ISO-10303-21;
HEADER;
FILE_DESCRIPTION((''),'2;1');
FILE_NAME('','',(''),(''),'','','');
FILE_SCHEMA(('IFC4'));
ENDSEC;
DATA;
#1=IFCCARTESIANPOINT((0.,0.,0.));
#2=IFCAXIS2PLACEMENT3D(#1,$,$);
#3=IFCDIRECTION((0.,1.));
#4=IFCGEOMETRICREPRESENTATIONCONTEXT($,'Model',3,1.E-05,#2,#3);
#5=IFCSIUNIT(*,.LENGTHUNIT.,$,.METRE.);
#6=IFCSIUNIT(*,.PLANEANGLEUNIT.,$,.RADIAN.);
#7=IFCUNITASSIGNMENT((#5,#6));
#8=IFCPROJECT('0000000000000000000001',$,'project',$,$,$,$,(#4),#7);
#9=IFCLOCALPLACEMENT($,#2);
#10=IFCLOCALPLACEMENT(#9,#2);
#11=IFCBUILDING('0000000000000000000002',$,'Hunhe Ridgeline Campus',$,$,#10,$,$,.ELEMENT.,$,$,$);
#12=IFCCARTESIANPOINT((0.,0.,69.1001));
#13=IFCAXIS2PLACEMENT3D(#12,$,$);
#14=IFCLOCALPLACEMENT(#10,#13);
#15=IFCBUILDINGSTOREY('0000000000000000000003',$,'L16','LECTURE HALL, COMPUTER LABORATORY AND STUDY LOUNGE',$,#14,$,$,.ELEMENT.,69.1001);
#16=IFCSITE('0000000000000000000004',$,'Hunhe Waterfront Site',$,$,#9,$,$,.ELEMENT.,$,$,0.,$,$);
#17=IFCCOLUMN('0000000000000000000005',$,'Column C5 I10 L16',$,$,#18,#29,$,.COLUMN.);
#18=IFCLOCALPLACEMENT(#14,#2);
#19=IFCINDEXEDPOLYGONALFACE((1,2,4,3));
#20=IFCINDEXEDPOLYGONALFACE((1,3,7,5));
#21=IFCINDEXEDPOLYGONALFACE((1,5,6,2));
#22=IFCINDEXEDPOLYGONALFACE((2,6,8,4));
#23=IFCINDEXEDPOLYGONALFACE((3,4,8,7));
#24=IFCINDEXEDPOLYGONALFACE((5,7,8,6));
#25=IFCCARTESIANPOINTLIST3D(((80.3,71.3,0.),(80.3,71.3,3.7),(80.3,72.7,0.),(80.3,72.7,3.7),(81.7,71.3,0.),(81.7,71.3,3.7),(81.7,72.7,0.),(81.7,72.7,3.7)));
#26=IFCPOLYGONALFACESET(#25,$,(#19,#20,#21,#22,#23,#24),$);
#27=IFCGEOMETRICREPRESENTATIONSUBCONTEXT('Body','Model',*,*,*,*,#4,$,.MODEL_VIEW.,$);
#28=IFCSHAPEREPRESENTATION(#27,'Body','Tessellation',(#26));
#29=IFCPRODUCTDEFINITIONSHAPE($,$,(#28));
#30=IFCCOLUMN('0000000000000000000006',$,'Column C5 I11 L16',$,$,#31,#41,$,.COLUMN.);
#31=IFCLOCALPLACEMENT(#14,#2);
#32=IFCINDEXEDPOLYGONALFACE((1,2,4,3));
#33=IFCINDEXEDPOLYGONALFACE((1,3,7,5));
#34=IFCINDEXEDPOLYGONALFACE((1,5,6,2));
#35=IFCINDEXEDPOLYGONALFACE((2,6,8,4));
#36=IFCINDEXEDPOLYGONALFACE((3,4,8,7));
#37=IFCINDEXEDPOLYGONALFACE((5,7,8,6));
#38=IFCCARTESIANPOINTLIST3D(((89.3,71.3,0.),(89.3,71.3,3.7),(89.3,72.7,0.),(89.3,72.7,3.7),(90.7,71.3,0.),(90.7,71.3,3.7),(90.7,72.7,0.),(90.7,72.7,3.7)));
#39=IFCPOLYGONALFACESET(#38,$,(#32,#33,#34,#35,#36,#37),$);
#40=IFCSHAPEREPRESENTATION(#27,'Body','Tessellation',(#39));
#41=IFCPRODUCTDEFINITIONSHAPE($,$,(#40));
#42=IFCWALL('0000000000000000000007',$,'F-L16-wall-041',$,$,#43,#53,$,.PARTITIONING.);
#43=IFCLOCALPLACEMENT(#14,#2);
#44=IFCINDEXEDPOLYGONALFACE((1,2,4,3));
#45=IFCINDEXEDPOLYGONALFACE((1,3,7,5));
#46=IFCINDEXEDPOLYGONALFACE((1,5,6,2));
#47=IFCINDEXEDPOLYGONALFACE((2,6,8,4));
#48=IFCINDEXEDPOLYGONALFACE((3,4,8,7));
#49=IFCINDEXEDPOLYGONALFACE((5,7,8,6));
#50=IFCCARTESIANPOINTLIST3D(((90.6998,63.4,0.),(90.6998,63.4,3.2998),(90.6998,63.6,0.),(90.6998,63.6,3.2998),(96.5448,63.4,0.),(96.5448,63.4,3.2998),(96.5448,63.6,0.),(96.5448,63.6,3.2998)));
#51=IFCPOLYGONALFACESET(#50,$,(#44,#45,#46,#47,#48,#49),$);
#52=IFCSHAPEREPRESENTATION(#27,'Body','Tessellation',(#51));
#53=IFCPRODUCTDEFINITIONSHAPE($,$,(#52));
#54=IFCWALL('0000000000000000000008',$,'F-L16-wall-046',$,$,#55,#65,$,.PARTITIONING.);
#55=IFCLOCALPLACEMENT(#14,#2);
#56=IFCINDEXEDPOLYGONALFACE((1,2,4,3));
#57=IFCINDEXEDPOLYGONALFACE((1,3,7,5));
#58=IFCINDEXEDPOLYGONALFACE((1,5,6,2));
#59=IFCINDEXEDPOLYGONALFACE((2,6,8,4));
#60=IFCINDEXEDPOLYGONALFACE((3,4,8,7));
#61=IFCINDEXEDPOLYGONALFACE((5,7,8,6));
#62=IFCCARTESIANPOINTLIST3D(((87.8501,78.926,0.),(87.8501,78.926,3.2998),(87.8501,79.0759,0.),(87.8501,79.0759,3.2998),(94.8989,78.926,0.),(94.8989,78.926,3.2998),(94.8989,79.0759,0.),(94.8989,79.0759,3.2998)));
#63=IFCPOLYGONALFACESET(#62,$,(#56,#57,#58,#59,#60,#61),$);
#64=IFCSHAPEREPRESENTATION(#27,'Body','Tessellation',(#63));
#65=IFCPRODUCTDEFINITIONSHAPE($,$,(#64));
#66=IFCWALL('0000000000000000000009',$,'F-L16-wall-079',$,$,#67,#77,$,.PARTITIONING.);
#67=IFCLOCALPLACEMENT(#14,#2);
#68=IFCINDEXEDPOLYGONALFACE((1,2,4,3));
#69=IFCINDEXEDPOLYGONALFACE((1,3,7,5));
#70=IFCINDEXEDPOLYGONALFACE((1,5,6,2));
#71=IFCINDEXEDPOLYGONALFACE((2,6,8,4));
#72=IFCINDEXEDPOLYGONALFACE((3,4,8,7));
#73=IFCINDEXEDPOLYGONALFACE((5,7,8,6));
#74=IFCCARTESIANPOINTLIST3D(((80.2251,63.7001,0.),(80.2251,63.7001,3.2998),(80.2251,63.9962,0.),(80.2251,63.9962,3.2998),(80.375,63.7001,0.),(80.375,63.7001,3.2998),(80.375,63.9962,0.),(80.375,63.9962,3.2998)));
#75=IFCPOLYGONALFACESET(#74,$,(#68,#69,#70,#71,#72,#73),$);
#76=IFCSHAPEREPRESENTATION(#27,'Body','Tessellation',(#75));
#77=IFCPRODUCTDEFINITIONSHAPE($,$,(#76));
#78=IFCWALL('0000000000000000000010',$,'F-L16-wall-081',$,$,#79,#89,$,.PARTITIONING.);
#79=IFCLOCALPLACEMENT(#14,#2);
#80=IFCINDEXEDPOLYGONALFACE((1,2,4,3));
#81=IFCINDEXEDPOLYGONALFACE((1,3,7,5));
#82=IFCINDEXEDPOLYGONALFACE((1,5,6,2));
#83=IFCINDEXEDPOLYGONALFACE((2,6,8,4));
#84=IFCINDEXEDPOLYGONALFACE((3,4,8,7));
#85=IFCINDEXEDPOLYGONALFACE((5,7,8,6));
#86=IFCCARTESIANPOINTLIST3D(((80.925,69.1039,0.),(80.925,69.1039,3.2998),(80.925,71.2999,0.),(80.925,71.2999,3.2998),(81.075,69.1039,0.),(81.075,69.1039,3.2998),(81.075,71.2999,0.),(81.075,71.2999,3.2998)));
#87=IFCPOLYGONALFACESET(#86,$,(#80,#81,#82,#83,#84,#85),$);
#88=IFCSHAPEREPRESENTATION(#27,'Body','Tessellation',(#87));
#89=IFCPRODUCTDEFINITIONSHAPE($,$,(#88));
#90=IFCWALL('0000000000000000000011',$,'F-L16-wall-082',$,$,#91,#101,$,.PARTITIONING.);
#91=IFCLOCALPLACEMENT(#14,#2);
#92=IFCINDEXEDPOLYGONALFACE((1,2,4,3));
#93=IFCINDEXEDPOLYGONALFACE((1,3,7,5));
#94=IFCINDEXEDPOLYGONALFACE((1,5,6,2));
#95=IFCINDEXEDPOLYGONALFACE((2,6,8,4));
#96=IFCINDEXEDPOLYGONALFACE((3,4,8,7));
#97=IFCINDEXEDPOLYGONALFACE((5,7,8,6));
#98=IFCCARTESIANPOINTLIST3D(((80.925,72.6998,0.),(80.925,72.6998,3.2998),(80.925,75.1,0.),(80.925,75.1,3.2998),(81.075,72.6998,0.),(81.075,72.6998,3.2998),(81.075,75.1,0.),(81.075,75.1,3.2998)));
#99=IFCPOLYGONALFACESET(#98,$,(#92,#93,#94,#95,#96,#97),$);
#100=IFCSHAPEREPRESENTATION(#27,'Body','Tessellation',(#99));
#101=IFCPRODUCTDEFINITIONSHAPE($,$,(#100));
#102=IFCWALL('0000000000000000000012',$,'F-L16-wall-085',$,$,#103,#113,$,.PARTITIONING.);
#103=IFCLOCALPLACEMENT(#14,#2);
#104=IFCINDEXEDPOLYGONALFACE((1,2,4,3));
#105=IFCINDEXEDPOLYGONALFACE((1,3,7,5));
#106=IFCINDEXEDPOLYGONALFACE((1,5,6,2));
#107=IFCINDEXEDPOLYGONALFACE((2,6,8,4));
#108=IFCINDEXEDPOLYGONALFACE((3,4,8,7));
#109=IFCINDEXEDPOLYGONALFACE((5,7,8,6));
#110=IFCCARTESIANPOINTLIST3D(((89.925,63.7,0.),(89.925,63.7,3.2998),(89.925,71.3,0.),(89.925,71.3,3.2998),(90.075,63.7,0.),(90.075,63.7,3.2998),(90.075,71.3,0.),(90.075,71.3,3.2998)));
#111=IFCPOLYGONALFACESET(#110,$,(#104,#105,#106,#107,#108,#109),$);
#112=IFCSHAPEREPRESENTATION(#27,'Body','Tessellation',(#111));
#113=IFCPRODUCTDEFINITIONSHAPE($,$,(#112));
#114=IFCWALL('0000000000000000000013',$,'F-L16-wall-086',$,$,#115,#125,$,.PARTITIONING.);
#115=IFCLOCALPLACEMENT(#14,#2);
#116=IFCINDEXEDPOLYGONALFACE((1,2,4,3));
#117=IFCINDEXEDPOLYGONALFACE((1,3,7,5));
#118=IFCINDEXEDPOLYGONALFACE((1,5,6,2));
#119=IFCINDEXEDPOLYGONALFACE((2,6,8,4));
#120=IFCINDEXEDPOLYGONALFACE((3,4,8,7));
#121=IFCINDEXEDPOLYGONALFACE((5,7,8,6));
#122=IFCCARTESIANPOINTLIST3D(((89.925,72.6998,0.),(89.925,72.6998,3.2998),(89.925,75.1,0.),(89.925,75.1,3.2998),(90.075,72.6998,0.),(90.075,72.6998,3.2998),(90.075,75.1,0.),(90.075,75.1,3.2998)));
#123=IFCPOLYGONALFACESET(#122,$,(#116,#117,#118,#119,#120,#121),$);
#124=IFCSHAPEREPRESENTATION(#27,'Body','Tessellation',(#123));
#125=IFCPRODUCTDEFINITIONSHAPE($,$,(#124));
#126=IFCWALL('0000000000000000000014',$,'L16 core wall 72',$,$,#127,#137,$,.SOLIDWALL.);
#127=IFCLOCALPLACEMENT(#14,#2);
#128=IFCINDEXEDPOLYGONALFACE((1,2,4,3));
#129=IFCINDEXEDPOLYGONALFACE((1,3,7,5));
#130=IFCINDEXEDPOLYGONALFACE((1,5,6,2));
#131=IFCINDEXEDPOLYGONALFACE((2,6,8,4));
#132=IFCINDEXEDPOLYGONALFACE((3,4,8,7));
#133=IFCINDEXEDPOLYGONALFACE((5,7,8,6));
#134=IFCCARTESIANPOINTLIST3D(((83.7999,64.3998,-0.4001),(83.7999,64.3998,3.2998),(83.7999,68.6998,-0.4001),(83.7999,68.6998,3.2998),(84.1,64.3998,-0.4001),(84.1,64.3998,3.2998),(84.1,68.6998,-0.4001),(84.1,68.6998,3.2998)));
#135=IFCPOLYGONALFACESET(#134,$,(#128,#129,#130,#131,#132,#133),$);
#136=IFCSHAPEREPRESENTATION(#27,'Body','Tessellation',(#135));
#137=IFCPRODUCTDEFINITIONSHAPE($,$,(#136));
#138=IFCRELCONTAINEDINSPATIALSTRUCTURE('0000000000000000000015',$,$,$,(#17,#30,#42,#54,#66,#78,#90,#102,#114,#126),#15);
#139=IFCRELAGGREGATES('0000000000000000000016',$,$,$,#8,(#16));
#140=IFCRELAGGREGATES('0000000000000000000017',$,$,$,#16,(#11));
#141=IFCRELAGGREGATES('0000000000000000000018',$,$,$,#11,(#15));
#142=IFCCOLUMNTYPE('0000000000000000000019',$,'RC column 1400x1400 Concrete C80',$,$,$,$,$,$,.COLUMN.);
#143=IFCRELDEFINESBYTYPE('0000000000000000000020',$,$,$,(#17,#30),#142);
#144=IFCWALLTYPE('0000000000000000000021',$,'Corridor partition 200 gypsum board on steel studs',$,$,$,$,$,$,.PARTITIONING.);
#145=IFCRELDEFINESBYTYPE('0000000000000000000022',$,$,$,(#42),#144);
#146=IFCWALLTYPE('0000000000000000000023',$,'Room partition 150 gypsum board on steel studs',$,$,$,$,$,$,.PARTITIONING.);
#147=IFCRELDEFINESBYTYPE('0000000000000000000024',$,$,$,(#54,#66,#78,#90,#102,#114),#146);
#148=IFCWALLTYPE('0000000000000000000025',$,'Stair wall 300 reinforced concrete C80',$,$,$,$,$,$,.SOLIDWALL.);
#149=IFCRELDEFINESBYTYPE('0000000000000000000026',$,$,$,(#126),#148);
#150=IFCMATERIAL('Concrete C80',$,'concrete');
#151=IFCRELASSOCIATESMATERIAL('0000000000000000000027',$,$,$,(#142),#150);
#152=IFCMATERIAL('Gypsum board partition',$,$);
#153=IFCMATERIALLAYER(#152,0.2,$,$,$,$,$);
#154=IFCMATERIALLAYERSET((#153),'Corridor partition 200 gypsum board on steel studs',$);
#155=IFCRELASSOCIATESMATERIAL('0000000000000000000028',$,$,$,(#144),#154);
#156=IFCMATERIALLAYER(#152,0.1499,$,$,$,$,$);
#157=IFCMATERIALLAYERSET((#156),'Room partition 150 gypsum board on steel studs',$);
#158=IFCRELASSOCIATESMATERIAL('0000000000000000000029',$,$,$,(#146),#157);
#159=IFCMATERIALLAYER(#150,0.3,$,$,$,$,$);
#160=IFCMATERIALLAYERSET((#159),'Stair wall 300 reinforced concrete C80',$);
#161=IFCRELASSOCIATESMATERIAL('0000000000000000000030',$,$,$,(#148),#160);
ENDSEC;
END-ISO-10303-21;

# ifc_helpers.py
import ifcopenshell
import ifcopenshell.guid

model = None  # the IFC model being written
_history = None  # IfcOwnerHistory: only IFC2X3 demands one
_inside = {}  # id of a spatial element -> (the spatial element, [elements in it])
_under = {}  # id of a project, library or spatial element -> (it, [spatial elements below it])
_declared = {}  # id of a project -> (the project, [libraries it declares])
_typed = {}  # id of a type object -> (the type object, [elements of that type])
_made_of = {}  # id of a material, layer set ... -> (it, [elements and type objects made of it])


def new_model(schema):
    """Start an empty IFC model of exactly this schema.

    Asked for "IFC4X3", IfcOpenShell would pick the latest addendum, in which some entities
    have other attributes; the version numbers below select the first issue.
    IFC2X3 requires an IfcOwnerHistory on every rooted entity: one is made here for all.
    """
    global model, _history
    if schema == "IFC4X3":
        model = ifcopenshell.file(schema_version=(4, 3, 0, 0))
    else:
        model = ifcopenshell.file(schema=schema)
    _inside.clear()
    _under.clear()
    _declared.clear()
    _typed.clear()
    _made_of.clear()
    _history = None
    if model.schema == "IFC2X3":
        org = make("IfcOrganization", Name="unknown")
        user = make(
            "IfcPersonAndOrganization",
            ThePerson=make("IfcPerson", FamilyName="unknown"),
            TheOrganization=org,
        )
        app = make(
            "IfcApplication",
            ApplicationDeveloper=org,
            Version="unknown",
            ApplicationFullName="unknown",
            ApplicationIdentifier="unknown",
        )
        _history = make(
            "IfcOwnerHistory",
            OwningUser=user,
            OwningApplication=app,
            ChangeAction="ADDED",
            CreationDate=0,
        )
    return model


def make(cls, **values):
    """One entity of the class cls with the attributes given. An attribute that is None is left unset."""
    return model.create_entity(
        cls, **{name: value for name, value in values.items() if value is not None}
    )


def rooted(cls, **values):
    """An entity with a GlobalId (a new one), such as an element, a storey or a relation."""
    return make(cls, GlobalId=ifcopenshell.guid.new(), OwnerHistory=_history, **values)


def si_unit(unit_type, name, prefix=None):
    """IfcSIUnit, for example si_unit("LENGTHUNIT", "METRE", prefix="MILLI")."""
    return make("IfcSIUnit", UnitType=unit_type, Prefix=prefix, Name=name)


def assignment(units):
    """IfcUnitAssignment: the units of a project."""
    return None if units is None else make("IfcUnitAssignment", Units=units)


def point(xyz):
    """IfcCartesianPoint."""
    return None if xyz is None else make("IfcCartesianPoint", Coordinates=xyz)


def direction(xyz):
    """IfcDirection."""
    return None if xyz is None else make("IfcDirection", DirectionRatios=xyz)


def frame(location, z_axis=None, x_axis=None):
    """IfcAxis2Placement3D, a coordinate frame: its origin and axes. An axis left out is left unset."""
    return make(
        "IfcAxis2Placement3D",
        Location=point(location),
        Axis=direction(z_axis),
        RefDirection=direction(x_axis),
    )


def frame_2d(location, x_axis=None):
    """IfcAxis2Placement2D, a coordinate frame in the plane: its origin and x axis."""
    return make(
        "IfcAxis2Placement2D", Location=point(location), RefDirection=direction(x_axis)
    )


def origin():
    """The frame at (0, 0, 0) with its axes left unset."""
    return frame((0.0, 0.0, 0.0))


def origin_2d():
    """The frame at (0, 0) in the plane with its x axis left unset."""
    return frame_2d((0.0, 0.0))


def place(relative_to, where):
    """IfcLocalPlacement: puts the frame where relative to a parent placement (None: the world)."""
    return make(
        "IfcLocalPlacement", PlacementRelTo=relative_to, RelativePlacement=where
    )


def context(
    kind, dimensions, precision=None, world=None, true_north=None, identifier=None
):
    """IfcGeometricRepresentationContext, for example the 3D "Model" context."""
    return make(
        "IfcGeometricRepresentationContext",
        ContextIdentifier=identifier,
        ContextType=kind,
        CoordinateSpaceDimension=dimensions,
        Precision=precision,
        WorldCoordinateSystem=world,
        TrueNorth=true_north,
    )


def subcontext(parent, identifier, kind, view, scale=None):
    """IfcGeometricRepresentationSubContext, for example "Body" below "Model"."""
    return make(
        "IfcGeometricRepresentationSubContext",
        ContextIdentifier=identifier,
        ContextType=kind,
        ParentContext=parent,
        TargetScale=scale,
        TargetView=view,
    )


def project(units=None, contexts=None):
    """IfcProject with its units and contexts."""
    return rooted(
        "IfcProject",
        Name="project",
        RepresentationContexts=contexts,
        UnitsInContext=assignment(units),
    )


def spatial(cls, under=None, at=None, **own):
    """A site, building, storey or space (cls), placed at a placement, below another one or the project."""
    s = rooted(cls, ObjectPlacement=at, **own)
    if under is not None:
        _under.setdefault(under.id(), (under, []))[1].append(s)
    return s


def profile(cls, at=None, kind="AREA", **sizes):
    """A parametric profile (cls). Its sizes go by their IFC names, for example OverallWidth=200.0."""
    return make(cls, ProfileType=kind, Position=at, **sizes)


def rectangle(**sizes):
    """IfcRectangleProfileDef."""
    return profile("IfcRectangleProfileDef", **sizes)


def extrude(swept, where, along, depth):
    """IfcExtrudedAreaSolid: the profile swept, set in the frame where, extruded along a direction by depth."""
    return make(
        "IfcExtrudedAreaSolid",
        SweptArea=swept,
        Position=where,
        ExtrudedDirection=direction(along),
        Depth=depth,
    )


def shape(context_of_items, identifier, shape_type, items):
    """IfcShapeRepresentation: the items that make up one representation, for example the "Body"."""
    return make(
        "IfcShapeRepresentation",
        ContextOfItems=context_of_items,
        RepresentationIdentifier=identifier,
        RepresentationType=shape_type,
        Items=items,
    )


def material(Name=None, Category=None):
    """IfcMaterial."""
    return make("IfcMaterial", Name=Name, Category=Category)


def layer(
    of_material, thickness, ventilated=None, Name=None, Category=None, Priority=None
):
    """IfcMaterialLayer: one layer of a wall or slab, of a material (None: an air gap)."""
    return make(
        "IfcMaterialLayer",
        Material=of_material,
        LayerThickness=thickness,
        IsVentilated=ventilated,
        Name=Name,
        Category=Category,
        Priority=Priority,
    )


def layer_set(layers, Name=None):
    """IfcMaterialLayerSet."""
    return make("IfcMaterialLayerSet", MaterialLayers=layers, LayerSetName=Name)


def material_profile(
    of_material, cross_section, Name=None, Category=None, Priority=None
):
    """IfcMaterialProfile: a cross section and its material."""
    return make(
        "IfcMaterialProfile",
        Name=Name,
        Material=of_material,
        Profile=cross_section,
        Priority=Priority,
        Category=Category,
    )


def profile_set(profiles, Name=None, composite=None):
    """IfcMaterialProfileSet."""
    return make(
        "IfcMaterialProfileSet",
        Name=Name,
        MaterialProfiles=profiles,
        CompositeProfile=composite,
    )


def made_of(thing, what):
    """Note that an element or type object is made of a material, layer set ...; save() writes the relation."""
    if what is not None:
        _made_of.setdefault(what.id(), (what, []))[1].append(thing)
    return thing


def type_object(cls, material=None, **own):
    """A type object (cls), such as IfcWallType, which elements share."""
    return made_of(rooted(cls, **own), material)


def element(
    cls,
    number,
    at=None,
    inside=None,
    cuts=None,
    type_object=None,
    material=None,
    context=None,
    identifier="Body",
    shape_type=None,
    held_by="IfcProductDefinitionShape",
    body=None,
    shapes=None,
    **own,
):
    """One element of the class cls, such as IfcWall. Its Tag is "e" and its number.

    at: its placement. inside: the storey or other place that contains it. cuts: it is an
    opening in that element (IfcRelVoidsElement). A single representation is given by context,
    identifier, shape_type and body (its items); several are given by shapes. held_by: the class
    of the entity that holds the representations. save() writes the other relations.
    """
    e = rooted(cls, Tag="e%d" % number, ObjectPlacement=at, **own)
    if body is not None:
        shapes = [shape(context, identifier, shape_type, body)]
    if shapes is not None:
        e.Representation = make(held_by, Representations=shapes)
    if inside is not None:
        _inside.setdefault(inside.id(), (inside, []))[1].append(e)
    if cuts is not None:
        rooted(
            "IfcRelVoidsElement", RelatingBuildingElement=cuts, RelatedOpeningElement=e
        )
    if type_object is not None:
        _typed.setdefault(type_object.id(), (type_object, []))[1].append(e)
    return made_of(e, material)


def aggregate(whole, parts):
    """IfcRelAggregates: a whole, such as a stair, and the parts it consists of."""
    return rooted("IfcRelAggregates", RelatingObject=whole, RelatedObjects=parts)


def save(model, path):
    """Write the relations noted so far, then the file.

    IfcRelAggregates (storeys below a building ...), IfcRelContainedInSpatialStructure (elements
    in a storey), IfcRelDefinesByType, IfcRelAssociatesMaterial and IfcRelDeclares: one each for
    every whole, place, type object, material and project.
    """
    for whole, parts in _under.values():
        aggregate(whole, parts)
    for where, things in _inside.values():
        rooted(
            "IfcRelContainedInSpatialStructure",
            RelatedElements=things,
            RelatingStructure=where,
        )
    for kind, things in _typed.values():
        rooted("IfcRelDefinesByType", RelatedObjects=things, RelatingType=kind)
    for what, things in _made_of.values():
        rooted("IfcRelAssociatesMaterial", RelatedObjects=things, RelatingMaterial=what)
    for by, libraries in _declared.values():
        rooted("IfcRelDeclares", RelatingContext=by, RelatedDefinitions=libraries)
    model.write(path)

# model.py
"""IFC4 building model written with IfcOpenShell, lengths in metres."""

from ifc_helpers import new_model, si_unit, direction, frame, frame_2d, origin, origin_2d, place, context, subcontext, project, spatial, rectangle, extrude, material, layer, layer_set, material_profile, profile_set, type_object, element, save


model = new_model("IFC4")

# Units and contexts
model_context = context("Model", 3, precision=1e-05, world=origin(), true_north=direction((0.0, 1.0)))
body_context = subcontext(model_context, "Body", "Model", "MODEL_VIEW")
ifc_project = project(units=[si_unit("LENGTHUNIT", "METRE"), si_unit("PLANEANGLEUNIT", "RADIAN")], contexts=[model_context])

# Site, building, storey
site_placement = place(None, origin())
site = spatial("IfcSite", under=ifc_project, at=site_placement, Name="Hunhe Waterfront Site", CompositionType="ELEMENT", RefElevation=0.0)
building_placement = place(site_placement, origin())
building = spatial("IfcBuilding", under=site, at=building_placement, Name="Hunhe Ridgeline Campus", CompositionType="ELEMENT")
storey_placement = place(building_placement, frame((0.0, 0.0, 69.1001)))
storey = spatial("IfcBuildingStorey", under=building, at=storey_placement, Name="L16", Description="LECTURE HALL, COMPUTER LABORATORY AND STUDY LOUNGE", CompositionType="ELEMENT", Elevation=69.1001)

# Columns
ifc_material_1 = material(Name="Concrete C80", Category="concrete")
ifc_material_profile = material_profile(ifc_material_1, rectangle(XDim=1.3999, YDim=1.3999, at=origin_2d()))
ifc_profile_set = profile_set([ifc_material_profile], Name="Concrete C80")
column_type = type_object("IfcColumnType", Name="RC column 1400x1400 Concrete C80", PredefinedType="COLUMN", material=ifc_profile_set)
for number, where, z_axis, x_axis, name in (
    (1, (81.0, 72.0, 0.0), (0.0, 0.0, 1.0), (1.0, 0.0, 0.0), "Column C5 I10 L16"),
    (2, (90.0, 72.0, 0.0), (0.0, 0.0, 1.0), (1.0, 0.0, 0.0), "Column C5 I11 L16"),
):
    element("IfcColumn", number, at=place(storey_placement, frame(where, z_axis=z_axis, x_axis=x_axis)), inside=storey, type_object=column_type, Name=name, PredefinedType="COLUMN", context=body_context, shape_type="SweptSolid", body=[
        extrude(rectangle(XDim=1.3999, YDim=1.3999, at=origin_2d()), origin(), (0.0, 0.0, 1.0), 3.7),
    ])

# Wall
ifc_material_2 = material(Name="Gypsum board partition")
ifc_layer_1 = layer(ifc_material_2, 0.2)
ifc_layer_set_1 = layer_set([ifc_layer_1], Name="Corridor partition 200 gypsum board on steel studs")
wall_type_1 = type_object("IfcWallType", Name="Corridor partition 200 gypsum board on steel studs", PredefinedType="PARTITIONING", material=ifc_layer_set_1)
wall_1_placement = place(storey_placement, frame((90.7, 63.5, 0.0), z_axis=(0.0, 0.0, 1.0), x_axis=(1.0, 0.0, 0.0)))
element("IfcWall", 3, at=wall_1_placement, inside=storey, type_object=wall_type_1, Name="F-L16-wall-041", PredefinedType="PARTITIONING", context=body_context, shape_type="SweptSolid", body=[
    extrude(rectangle(XDim=5.845, YDim=0.2, at=frame_2d((2.9224, 0.0))), origin(), (0.0, 0.0, 1.0), 3.2998),
])

# Walls
ifc_layer_2 = layer(ifc_material_2, 0.1499)
ifc_layer_set_2 = layer_set([ifc_layer_2], Name="Room partition 150 gypsum board on steel studs")
wall_type_2 = type_object("IfcWallType", Name="Room partition 150 gypsum board on steel studs", PredefinedType="PARTITIONING", material=ifc_layer_set_2)
wall_2_placement = place(storey_placement, frame((87.8501, 79.001, 0.0), z_axis=(0.0, 0.0, 1.0), x_axis=(1.0, 0.0, 0.0)))
element("IfcWall", 4, at=wall_2_placement, inside=storey, type_object=wall_type_2, Name="F-L16-wall-046", PredefinedType="PARTITIONING", context=body_context, shape_type="SweptSolid", body=[
    extrude(rectangle(XDim=7.0488, YDim=0.1499, at=frame_2d((3.5244, 0.0))), origin(), (0.0, 0.0, 1.0), 3.2998),
])
wall_3_placement = place(storey_placement, frame((80.3, 63.9961, 0.0), z_axis=(0.0, 0.0, 1.0), x_axis=(0.0, -1.0, 0.0)))
element("IfcWall", 5, at=wall_3_placement, inside=storey, type_object=wall_type_2, Name="F-L16-wall-079", PredefinedType="PARTITIONING", context=body_context, shape_type="SweptSolid", body=[
    extrude(rectangle(XDim=0.2961, YDim=0.1499, at=frame_2d((0.1479, 0.0))), origin(), (0.0, 0.0, 1.0), 3.2998),
])
wall_4_placement = place(storey_placement, frame((81.0, 71.3, 0.0), z_axis=(0.0, 0.0, 1.0), x_axis=(0.0, -1.0, 0.0)))
element("IfcWall", 6, at=wall_4_placement, inside=storey, type_object=wall_type_2, Name="F-L16-wall-081", PredefinedType="PARTITIONING", context=body_context, shape_type="SweptSolid", body=[
    extrude(rectangle(XDim=2.196, YDim=0.1499, at=frame_2d((1.0981, 0.0))), origin(), (0.0, 0.0, 1.0), 3.2998),
])
wall_5_placement = place(storey_placement, frame((81.0, 75.1001, 0.0), z_axis=(0.0, 0.0, 1.0), x_axis=(0.0, -1.0, 0.0)))
element("IfcWall", 7, at=wall_5_placement, inside=storey, type_object=wall_type_2, Name="F-L16-wall-082", PredefinedType="PARTITIONING", context=body_context, shape_type="SweptSolid", body=[
    extrude(rectangle(XDim=2.4001, YDim=0.1499, at=frame_2d((1.2002, 0.0))), origin(), (0.0, 0.0, 1.0), 3.2998),
])
wall_6_placement = place(storey_placement, frame((90.0, 71.3, 0.0), z_axis=(0.0, 0.0, 1.0), x_axis=(0.0, -1.0, 0.0)))
element("IfcWall", 8, at=wall_6_placement, inside=storey, type_object=wall_type_2, Name="F-L16-wall-085", PredefinedType="PARTITIONING", context=body_context, shape_type="SweptSolid", body=[
    extrude(rectangle(XDim=7.6001, YDim=0.1499, at=frame_2d((3.8, 0.0))), origin(), (0.0, 0.0, 1.0), 3.2998),
])
wall_7_placement = place(storey_placement, frame((90.0, 75.1001, 0.0), z_axis=(0.0, 0.0, 1.0), x_axis=(0.0, -1.0, 0.0)))
element("IfcWall", 9, at=wall_7_placement, inside=storey, type_object=wall_type_2, Name="F-L16-wall-086", PredefinedType="PARTITIONING", context=body_context, shape_type="SweptSolid", body=[
    extrude(rectangle(XDim=2.4001, YDim=0.1499, at=frame_2d((1.2002, 0.0))), origin(), (0.0, 0.0, 1.0), 3.2998),
])
ifc_layer_3 = layer(ifc_material_1, 0.3)
ifc_layer_set_3 = layer_set([ifc_layer_3], Name="Stair wall 300 reinforced concrete C80")
wall_type_3 = type_object("IfcWallType", Name="Stair wall 300 reinforced concrete C80", PredefinedType="SOLIDWALL", material=ifc_layer_set_3)
wall_8_placement = place(storey_placement, frame((83.95, 64.3999, -0.4001), z_axis=(0.0, 0.0, 1.0), x_axis=(0.0, 1.0, 0.0)))
element("IfcWall", 10, at=wall_8_placement, inside=storey, type_object=wall_type_3, Name="L16 core wall 72", PredefinedType="SOLIDWALL", context=body_context, shape_type="SweptSolid", body=[
    extrude(rectangle(XDim=4.3, YDim=0.3, at=frame_2d((2.1499, 0.0))), origin(), (0.0, 0.0, 1.0), 3.7),
])

save(model, "model.ifc")
